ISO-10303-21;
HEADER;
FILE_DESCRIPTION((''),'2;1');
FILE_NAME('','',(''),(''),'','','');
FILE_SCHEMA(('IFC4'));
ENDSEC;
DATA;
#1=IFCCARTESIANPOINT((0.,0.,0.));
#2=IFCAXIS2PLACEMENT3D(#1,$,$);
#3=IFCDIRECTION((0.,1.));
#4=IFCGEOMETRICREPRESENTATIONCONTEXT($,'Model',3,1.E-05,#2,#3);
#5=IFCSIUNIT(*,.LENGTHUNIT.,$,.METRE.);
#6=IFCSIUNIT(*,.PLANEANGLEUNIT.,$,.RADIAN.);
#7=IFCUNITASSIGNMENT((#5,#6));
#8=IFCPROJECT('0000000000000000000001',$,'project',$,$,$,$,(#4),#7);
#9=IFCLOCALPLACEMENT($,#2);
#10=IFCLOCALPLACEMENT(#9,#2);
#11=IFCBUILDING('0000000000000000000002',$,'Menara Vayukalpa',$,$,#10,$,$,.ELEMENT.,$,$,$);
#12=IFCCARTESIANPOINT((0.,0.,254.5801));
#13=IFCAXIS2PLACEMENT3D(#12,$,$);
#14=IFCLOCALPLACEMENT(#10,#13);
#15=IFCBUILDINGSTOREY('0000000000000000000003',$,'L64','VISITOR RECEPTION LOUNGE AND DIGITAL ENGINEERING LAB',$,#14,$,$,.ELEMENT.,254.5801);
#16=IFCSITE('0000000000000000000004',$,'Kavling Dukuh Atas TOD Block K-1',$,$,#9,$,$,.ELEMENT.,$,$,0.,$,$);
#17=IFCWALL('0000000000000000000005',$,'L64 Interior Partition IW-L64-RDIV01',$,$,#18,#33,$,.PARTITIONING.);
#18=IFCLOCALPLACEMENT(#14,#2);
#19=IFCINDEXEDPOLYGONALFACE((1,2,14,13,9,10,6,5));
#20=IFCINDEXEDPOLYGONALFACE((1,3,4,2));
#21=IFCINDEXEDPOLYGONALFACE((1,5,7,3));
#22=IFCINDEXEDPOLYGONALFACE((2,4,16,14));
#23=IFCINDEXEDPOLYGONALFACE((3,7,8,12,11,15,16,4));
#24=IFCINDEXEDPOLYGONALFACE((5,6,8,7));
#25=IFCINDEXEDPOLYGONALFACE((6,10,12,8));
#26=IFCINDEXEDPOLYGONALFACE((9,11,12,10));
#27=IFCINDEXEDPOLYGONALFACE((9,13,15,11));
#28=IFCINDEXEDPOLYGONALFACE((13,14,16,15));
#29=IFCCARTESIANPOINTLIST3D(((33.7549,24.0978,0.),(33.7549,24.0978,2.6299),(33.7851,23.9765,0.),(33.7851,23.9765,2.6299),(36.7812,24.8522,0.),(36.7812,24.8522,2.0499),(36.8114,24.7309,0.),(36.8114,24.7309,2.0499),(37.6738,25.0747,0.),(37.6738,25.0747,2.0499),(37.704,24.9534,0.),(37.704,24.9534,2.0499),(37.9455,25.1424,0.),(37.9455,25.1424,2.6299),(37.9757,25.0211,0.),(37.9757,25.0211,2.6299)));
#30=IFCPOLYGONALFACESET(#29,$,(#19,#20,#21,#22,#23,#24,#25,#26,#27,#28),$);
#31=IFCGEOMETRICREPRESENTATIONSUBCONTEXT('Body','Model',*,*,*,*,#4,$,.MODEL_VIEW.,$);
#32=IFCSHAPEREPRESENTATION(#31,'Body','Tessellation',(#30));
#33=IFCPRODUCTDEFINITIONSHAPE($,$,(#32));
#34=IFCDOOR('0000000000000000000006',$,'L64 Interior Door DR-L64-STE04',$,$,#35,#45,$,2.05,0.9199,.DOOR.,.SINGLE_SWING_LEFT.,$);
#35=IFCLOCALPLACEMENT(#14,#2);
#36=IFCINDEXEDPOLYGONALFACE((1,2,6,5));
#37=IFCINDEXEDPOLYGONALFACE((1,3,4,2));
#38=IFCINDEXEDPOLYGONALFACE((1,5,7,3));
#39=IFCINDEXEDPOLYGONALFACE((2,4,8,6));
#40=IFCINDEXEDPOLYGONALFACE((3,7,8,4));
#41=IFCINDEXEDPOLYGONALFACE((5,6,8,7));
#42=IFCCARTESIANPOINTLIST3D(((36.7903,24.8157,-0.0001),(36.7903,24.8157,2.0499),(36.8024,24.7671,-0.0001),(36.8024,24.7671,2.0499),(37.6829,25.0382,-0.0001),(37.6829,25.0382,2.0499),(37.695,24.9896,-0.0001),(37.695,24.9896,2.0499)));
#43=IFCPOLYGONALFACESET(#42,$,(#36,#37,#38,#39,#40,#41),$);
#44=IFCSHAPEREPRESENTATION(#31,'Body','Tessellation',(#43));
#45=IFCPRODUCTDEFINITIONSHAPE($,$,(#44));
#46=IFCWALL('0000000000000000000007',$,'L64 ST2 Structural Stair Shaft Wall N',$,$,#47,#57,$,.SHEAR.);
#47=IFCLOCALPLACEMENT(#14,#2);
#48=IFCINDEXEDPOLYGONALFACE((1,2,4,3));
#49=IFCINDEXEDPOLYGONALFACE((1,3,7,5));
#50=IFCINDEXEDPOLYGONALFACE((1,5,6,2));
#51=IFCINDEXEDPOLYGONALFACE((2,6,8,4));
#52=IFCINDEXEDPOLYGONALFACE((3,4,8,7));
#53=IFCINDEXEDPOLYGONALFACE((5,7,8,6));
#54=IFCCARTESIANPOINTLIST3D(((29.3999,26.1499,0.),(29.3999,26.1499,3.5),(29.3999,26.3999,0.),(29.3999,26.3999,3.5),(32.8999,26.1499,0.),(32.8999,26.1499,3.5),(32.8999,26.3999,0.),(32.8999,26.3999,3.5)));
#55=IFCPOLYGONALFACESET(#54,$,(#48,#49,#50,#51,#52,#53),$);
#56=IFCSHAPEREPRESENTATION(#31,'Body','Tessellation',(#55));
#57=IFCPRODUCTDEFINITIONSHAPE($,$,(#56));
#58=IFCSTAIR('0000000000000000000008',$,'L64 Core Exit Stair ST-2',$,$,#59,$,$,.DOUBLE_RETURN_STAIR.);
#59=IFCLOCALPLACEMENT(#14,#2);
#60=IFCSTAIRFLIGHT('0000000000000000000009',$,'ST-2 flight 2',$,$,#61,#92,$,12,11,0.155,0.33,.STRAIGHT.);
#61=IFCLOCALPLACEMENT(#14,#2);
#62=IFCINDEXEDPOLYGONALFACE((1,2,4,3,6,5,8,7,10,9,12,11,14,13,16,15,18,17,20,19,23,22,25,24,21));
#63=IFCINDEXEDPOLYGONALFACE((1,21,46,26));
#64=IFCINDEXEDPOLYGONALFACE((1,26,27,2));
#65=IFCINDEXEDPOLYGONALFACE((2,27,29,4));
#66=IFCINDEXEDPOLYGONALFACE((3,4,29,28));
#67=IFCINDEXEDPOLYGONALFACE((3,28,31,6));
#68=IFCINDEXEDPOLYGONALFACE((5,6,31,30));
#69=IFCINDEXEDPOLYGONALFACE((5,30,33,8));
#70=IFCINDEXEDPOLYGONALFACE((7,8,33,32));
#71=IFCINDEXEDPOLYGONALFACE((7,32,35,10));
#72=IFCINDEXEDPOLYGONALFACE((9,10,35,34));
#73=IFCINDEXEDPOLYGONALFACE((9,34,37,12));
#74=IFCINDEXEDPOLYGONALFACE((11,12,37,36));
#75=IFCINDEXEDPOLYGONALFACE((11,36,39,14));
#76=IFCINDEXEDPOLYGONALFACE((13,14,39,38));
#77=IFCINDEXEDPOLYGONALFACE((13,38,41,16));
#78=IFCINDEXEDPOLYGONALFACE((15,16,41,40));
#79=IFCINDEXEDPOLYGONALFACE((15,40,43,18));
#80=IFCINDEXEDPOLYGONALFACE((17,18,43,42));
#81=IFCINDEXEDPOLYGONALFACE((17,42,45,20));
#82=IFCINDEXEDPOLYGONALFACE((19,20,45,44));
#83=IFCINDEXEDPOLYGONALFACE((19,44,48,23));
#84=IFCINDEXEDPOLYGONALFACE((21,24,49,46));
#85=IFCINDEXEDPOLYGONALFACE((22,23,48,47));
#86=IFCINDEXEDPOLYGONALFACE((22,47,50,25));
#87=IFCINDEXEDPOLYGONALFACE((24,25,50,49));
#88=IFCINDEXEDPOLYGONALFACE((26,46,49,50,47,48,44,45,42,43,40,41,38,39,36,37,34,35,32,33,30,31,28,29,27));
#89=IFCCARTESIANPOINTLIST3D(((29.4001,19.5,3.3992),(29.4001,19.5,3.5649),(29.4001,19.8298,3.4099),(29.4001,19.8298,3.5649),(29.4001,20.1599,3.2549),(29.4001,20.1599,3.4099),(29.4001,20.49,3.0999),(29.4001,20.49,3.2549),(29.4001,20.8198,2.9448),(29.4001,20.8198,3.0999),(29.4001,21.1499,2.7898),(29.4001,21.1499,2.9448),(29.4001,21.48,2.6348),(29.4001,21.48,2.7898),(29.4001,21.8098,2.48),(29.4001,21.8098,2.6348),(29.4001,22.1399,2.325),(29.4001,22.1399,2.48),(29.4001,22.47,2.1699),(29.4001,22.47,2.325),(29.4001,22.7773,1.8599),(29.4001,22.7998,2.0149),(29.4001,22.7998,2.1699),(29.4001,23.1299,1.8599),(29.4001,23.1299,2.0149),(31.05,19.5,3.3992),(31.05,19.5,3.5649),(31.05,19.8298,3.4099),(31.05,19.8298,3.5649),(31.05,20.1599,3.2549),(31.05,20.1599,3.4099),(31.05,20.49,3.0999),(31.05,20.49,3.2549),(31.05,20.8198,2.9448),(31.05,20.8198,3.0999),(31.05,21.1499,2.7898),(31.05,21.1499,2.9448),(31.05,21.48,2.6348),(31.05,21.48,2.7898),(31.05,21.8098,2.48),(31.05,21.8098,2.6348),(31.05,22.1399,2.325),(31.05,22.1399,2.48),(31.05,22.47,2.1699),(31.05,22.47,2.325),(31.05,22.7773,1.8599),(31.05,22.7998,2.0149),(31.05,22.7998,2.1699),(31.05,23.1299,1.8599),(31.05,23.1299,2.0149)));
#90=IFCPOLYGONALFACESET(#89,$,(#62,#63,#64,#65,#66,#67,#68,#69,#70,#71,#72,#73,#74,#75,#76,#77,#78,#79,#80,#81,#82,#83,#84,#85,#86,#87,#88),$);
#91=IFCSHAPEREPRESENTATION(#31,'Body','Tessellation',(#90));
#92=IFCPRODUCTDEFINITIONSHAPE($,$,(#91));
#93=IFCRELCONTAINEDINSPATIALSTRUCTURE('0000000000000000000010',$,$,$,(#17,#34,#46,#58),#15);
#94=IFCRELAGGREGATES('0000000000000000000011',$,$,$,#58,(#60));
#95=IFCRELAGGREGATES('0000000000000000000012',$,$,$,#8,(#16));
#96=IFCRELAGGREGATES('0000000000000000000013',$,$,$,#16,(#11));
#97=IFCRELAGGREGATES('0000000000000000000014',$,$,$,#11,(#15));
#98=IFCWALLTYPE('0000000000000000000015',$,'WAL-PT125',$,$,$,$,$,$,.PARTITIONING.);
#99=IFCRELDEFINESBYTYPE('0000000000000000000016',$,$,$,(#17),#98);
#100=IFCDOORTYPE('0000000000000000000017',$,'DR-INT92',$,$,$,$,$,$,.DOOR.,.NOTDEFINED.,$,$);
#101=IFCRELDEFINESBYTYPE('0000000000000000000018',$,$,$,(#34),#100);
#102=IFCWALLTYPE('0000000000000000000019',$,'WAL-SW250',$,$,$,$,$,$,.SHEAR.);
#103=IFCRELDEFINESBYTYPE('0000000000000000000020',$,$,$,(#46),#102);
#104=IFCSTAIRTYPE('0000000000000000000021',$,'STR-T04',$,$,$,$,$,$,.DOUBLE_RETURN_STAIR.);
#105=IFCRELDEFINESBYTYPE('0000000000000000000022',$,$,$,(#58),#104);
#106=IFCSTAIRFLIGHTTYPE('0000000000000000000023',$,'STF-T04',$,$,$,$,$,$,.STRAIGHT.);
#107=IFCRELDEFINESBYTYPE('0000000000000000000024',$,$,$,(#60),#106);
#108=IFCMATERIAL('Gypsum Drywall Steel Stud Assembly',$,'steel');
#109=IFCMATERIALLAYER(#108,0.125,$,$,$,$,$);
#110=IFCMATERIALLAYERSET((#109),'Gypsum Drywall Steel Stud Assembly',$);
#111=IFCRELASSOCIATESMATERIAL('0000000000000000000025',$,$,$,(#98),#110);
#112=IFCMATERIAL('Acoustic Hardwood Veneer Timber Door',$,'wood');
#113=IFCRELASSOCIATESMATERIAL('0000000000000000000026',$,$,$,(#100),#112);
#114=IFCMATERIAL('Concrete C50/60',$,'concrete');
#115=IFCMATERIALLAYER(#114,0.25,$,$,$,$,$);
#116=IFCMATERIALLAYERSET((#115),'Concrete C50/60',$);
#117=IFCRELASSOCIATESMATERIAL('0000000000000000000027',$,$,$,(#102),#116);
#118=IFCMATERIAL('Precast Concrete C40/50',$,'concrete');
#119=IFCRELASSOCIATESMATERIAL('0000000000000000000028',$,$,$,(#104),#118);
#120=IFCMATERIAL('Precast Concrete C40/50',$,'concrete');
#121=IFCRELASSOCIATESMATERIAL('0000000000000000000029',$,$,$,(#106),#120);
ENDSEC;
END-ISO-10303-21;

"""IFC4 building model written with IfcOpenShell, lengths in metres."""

from ifc_helpers import new_model, si_unit, direction, frame, frame_2d, origin, place, context, subcontext, project, spatial, polyline, rectangle, outline, extrude, material, layer, layer_set, type_object, element, fill, aggregate, save


model = new_model("IFC4")

# Units and contexts
model_context = context("Model", 3, precision=1e-05, world=origin(), true_north=direction((0.0, 1.0)))
body_context = subcontext(model_context, "Body", "Model", "MODEL_VIEW")
ifc_project = project(units=[si_unit("LENGTHUNIT", "METRE"), si_unit("PLANEANGLEUNIT", "RADIAN")], contexts=[model_context])

# Site, building, storey
site_placement = place(None, origin())
site = spatial("IfcSite", under=ifc_project, at=site_placement, Name="Kavling Dukuh Atas TOD Block K-1", CompositionType="ELEMENT", RefElevation=0.0)
building_placement = place(site_placement, origin())
building = spatial("IfcBuilding", under=site, at=building_placement, Name="Menara Vayukalpa", CompositionType="ELEMENT")
storey_placement = place(building_placement, frame((0.0, 0.0, 254.5801)))
storey = spatial("IfcBuildingStorey", under=building, at=storey_placement, Name="L64", Description="VISITOR RECEPTION LOUNGE AND DIGITAL ENGINEERING LAB", CompositionType="ELEMENT", Elevation=254.5801)

# Wall, opening, door
ifc_material_1 = material(Name="Gypsum Drywall Steel Stud Assembly", Category="steel")
ifc_layer_1 = layer(ifc_material_1, 0.125)
ifc_layer_set_1 = layer_set([ifc_layer_1], Name="Gypsum Drywall Steel Stud Assembly")
wall_type_1 = type_object("IfcWallType", Name="WAL-PT125", PredefinedType="PARTITIONING", material=ifc_layer_set_1)
wall_1_placement = place(storey_placement, frame((33.77, 24.0371, 0.0), z_axis=(0.0, 0.0, 1.0), x_axis=(0.970305, 0.241884, 0.0)))
wall_1 = element("IfcWall", 1, at=wall_1_placement, inside=storey, type_object=wall_type_1, Name="L64 Interior Partition IW-L64-RDIV01", PredefinedType="PARTITIONING", context=body_context, shape_type="SweptSolid", body=[
    extrude(rectangle(XDim=4.3188, YDim=0.125, at=frame_2d((2.1594, 0.0))), origin(), (0.0, 0.0, 1.0), 2.6299),
])
opening_placement = place(wall_1_placement, frame((3.1189, 0.0, 0.0)))
opening = element("IfcOpeningElement", 2, at=opening_placement, cuts=wall_1, PredefinedType="OPENING", context=body_context, shape_type="SweptSolid", body=[
    extrude(rectangle(XDim=0.9199, YDim=2.05, at=frame_2d((0.46, 1.0249))), frame((0.0, 0.0725, 0.0), z_axis=(0.0, -1.0, 0.0), x_axis=(1.0, 0.0, 0.0)), (0.0, 0.0, 1.0), 0.145),
])
ifc_material_2 = material(Name="Acoustic Hardwood Veneer Timber Door", Category="wood")
door_type = type_object("IfcDoorType", Name="DR-INT92", OperationType="NOTDEFINED", PredefinedType="DOOR", material=ifc_material_2)
door_placement = place(opening_placement, origin())
door = element("IfcDoor", 3, at=door_placement, inside=storey, type_object=door_type, Name="L64 Interior Door DR-L64-STE04", OperationType="SINGLE_SWING_LEFT", OverallHeight=2.05, OverallWidth=0.9199, PredefinedType="DOOR", context=body_context, shape_type="SweptSolid", body=[
    extrude(rectangle(XDim=0.9199, YDim=2.05, at=frame_2d((0.46, 1.0249))), frame((0.0, 0.0249, 0.0), z_axis=(0.0, -1.0, 0.0), x_axis=(1.0, 0.0, 0.0)), (0.0, 0.0, 1.0), 0.05),
])
fill(opening, door)

# Wall
ifc_material_3 = material(Name="Concrete C50/60", Category="concrete")
ifc_layer_2 = layer(ifc_material_3, 0.25)
ifc_layer_set_2 = layer_set([ifc_layer_2], Name="Concrete C50/60")
wall_type_2 = type_object("IfcWallType", Name="WAL-SW250", PredefinedType="SHEAR", material=ifc_layer_set_2)
wall_2_placement = place(storey_placement, frame((29.3999, 26.2749, 0.0), z_axis=(0.0, 0.0, 1.0), x_axis=(1.0, 0.0, 0.0)))
element("IfcWall", 4, at=wall_2_placement, inside=storey, type_object=wall_type_2, Name="L64 ST2 Structural Stair Shaft Wall N", PredefinedType="SHEAR", context=body_context, shape_type="SweptSolid", body=[
    extrude(rectangle(XDim=3.5, YDim=0.25, at=frame_2d((1.75, 0.0))), origin(), (0.0, 0.0, 1.0), 3.5),
])

# Stair, stair flight
ifc_material_4 = material(Name="Precast Concrete C40/50", Category="concrete")
stair_type = type_object("IfcStairType", Name="STR-T04", PredefinedType="DOUBLE_RETURN_STAIR", material=ifc_material_4)
stair_placement = place(storey_placement, origin())
stair = element("IfcStair", 5, at=stair_placement, inside=storey, type_object=stair_type, Name="L64 Core Exit Stair ST-2", PredefinedType="DOUBLE_RETURN_STAIR")
ifc_material_5 = material(Name="Precast Concrete C40/50", Category="concrete")
stair_flight_type = type_object("IfcStairFlightType", Name="STF-T04", PredefinedType="STRAIGHT", material=ifc_material_5)
stair_flight_placement = place(storey_placement, frame((30.2251, 23.1299, 1.8599), z_axis=(0.0, 0.0, 1.0), x_axis=(0.0, -1.0, 0.0)))
stair_flight = element("IfcStairFlight", 6, at=stair_flight_placement, type_object=stair_flight_type, Name="ST-2 flight 2", NumberOfRisers=12, NumberOfTreads=11, PredefinedType="STRAIGHT", RiserHeight=0.155, TreadLength=0.33, context=body_context, shape_type="SweptSolid", body=[
    extrude(outline(polyline([(0.0, 0.0), (0.0, 0.155), (0.3301, 0.155), (0.3301, 0.3101), (0.6599, 0.3101), (0.6599, 0.4651), (0.99, 0.4651), (0.99, 0.6201), (1.3201, 0.6201), (1.3201, 0.7749), (1.6499, 0.7749), (1.6499, 0.9299), (1.98, 0.9299), (1.98, 1.085), (2.3101, 1.085), (2.3101, 1.24), (2.6399, 1.24), (2.6399, 1.395), (2.97, 1.395), (2.97, 1.55), (3.3, 1.55), (3.3, 1.7051), (3.6299, 1.7051), (3.6299, 1.8601), (3.6299, 1.5393), (0.3525, 0.0), (0.0, 0.0)])), frame((0.0, 0.825, 0.0), z_axis=(0.0, -1.0, 0.0), x_axis=(1.0, 0.0, 0.0)), (0.0, 0.0, 1.0), 1.6499),
])
aggregate(stair, [stair_flight])

save(model, "model.ifc")
